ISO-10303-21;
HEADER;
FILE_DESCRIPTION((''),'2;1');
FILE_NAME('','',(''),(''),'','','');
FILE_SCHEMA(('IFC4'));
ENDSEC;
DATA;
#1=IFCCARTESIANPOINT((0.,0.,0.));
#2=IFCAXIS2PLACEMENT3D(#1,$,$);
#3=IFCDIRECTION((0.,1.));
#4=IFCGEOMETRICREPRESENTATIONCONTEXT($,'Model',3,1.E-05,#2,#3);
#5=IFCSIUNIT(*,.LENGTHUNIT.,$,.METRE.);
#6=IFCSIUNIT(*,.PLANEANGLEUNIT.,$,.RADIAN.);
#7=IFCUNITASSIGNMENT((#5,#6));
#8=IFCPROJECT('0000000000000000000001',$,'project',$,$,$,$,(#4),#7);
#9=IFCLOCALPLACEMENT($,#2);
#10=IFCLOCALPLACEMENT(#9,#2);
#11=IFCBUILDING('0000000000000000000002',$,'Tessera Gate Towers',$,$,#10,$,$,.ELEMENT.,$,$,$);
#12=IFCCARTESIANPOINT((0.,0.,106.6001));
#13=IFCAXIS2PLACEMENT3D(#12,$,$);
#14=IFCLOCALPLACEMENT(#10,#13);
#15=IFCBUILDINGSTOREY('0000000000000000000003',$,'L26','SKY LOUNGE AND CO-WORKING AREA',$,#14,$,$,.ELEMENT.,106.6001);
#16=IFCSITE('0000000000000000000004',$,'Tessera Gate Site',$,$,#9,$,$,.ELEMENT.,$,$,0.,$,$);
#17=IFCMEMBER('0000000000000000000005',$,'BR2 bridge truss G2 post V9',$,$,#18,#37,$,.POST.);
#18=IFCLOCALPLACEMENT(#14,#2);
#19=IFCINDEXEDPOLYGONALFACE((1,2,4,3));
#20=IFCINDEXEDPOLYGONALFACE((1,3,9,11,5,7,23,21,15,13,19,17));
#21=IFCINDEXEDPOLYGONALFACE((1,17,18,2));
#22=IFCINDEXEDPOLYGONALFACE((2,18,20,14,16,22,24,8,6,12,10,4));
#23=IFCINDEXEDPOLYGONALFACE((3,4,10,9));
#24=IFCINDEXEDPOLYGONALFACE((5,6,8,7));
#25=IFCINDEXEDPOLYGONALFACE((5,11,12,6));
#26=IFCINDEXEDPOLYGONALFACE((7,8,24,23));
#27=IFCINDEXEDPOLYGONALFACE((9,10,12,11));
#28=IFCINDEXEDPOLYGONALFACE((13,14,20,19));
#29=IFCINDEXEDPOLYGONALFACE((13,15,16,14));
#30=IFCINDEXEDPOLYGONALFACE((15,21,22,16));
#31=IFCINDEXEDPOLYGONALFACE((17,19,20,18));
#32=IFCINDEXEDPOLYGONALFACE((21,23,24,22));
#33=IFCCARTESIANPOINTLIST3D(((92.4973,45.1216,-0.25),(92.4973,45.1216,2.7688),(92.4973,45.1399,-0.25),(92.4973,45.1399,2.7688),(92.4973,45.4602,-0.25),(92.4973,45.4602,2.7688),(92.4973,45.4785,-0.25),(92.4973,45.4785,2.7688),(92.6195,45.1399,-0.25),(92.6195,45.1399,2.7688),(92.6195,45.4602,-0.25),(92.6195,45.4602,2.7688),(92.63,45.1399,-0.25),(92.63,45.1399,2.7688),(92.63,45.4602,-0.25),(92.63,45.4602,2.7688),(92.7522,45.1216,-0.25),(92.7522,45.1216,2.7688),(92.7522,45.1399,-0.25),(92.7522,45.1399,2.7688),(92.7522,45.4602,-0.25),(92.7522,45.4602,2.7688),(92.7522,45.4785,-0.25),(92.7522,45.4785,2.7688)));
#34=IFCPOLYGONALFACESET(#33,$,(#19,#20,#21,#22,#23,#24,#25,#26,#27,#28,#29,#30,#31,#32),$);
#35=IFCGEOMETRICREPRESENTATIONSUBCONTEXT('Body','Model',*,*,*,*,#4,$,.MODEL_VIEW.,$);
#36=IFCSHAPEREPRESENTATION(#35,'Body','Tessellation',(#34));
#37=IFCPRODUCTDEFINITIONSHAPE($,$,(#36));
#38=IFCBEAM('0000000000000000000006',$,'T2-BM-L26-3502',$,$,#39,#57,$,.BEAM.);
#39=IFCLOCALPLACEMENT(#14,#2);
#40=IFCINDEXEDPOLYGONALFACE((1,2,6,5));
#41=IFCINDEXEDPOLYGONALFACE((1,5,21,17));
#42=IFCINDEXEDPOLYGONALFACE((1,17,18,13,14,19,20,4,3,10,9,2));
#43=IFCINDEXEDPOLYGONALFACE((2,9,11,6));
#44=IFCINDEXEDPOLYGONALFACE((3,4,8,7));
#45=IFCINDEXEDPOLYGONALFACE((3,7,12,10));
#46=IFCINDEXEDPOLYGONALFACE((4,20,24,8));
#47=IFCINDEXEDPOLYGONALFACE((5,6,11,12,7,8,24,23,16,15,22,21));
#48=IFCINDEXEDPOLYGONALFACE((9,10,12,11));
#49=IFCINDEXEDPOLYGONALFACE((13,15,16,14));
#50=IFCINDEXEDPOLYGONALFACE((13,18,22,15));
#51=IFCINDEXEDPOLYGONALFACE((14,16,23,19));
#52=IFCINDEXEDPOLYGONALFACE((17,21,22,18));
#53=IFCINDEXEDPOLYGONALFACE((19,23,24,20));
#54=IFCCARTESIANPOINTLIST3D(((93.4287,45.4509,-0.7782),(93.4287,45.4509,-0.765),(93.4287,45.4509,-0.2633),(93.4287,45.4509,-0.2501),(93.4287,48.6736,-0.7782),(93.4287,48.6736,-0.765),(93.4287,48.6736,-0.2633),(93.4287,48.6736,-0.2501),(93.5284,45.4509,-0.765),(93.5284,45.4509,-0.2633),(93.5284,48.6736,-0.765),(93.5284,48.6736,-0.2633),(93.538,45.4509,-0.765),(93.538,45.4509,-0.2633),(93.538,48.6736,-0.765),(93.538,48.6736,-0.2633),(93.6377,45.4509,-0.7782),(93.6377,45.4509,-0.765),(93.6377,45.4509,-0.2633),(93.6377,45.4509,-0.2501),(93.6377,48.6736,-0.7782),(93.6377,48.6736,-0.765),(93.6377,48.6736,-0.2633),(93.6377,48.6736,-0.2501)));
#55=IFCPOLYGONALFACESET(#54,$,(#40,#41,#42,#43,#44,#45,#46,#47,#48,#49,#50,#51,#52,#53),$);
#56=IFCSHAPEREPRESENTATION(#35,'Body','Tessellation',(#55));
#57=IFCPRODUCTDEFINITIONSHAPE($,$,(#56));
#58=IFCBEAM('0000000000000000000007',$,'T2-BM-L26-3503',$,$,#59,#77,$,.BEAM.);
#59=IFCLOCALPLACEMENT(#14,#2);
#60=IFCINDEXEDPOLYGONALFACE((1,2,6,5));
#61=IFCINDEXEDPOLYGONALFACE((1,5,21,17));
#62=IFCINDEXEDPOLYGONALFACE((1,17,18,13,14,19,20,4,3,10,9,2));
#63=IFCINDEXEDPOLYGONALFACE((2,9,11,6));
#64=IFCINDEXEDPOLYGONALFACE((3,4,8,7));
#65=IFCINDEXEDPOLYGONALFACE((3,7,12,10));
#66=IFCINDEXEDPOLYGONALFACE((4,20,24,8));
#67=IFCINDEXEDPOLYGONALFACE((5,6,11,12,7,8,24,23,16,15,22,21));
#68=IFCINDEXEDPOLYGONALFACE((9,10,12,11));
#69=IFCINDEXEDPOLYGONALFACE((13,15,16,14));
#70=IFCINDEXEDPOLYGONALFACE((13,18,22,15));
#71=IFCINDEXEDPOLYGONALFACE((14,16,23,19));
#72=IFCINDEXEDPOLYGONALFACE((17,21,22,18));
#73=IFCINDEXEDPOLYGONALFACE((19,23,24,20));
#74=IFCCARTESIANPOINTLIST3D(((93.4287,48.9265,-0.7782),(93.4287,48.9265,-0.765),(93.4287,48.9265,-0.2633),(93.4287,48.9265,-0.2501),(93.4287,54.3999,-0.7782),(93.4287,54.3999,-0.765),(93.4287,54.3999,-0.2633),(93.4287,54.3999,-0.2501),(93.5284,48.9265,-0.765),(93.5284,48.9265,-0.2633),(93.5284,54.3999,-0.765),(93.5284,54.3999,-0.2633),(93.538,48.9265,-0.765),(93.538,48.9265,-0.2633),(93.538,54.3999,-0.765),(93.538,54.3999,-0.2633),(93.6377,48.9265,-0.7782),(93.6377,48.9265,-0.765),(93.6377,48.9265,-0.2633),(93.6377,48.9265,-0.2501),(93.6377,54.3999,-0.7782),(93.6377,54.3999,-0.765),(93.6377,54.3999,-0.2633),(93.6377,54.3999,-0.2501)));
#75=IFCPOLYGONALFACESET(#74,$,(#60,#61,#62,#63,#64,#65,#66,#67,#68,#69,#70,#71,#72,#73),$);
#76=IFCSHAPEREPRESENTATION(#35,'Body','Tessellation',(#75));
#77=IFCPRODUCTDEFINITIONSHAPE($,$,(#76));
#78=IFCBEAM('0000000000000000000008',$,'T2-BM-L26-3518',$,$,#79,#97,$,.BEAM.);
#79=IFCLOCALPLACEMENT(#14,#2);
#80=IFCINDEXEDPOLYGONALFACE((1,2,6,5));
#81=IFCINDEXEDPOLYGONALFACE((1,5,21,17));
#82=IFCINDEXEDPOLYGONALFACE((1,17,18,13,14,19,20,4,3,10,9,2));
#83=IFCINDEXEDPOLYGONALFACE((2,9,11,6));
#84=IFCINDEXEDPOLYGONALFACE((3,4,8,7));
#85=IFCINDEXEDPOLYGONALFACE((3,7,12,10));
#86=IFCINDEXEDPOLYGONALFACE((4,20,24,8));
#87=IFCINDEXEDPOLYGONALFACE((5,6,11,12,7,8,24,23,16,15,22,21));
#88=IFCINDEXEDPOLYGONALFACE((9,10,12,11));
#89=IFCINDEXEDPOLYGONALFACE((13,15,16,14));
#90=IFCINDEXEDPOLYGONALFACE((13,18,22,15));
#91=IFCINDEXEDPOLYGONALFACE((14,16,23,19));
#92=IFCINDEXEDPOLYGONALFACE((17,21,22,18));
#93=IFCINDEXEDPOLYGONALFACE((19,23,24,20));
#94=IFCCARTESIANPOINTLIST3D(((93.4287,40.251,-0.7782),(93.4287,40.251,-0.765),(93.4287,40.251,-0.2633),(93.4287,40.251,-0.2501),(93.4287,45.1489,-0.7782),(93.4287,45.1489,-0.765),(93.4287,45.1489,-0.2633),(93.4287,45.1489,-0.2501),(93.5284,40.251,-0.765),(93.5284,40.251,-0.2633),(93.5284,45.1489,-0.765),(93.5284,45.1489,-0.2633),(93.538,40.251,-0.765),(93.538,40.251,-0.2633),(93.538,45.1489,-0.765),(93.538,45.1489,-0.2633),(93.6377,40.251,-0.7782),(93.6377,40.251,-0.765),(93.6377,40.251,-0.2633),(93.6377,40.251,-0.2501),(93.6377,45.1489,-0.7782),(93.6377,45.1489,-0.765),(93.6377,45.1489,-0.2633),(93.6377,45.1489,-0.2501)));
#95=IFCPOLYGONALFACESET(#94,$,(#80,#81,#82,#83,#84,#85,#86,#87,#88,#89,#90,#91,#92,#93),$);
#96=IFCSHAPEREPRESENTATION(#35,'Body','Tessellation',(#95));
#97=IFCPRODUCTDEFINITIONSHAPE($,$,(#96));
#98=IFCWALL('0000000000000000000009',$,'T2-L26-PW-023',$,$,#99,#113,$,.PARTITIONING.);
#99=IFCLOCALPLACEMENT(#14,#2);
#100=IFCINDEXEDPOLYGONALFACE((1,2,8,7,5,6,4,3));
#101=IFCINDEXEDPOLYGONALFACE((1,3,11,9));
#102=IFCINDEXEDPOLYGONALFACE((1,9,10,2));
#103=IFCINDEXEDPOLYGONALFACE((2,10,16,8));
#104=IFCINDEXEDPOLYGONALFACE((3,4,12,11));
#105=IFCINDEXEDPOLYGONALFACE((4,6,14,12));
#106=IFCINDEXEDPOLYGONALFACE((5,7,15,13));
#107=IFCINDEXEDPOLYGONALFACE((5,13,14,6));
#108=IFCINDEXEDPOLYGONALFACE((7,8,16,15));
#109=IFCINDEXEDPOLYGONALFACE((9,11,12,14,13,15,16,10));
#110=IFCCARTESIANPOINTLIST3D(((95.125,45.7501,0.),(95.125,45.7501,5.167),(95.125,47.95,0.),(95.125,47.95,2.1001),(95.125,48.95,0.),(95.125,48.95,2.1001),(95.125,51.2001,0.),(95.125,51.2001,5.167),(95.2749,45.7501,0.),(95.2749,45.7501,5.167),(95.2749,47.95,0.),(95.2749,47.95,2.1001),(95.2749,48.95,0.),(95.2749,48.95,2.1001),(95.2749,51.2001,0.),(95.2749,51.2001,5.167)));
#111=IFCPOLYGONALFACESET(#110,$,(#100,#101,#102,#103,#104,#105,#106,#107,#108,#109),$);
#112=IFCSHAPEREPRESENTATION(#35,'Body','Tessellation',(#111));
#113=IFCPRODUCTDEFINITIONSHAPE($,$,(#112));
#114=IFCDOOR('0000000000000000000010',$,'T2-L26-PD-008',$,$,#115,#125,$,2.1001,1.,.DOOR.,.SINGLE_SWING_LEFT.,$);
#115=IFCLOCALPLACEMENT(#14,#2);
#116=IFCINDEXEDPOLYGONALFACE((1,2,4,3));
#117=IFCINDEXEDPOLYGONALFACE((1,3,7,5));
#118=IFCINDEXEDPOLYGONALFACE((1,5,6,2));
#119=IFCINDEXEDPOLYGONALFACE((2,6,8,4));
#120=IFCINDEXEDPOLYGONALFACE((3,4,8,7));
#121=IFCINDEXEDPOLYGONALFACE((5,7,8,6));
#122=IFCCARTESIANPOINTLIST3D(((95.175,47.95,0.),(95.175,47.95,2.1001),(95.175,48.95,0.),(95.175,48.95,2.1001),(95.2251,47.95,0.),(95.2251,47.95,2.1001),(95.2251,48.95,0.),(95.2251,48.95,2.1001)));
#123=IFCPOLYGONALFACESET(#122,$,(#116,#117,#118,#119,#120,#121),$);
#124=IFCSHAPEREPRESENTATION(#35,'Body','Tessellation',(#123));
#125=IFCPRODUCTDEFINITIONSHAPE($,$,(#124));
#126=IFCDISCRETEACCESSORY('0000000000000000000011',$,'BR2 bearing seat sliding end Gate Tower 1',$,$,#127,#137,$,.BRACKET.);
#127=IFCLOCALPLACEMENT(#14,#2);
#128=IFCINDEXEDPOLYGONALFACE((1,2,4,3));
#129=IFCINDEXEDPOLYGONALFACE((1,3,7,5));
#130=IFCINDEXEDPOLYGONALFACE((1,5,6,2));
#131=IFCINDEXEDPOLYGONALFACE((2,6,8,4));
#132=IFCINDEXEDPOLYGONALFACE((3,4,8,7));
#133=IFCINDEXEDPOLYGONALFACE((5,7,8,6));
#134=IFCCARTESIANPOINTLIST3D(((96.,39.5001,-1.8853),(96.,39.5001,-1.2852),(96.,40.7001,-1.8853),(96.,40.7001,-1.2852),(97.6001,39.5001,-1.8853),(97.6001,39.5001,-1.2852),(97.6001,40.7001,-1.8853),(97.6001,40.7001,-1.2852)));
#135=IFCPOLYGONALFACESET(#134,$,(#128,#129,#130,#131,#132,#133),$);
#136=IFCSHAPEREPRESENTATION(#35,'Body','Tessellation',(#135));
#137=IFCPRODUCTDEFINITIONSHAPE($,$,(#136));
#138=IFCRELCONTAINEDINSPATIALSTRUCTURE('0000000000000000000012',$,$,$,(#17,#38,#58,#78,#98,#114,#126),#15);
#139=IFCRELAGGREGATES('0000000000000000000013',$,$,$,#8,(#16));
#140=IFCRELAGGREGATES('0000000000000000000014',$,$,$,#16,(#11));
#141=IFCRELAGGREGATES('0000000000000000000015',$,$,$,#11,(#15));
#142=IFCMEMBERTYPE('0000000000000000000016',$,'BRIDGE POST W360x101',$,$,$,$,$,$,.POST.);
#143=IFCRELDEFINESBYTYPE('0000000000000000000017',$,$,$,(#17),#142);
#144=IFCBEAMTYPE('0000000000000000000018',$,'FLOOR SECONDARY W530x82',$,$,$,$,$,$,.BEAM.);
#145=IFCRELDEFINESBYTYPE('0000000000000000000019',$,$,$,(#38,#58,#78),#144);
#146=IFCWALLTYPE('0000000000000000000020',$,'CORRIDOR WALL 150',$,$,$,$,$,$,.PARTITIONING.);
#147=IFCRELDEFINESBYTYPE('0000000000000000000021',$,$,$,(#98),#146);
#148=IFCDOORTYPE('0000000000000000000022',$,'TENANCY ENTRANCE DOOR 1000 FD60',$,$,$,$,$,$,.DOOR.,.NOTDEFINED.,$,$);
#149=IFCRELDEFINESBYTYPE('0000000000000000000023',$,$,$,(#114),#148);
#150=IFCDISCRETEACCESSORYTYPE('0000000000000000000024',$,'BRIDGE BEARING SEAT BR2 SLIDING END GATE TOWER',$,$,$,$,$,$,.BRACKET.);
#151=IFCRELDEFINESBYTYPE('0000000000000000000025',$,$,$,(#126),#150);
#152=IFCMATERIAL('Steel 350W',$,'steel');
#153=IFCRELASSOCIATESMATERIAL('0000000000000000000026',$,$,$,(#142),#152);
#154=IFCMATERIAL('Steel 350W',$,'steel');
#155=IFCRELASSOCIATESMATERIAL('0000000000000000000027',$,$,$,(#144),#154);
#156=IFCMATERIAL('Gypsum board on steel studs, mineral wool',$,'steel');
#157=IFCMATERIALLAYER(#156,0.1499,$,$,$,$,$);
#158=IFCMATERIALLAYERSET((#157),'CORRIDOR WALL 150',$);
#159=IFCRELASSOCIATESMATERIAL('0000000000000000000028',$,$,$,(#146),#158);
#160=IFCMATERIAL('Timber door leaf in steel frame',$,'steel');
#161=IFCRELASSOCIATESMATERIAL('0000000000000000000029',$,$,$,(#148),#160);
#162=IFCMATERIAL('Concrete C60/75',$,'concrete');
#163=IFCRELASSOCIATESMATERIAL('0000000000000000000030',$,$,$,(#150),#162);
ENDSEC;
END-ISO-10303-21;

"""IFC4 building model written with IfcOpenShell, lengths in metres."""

from ifc_helpers import new_model, si_unit, direction, frame, frame_2d, origin, origin_2d, place, context, subcontext, project, spatial, rectangle, i_section, extrude, source, transform, mapped, material, layer, layer_set, material_profile, profile_set, type_object, element, fill, save


model = new_model("IFC4")

# Units and contexts
model_context = context("Model", 3, precision=1e-05, world=origin(), true_north=direction((0.0, 1.0)))
body_context = subcontext(model_context, "Body", "Model", "MODEL_VIEW")
ifc_project = project(units=[si_unit("LENGTHUNIT", "METRE"), si_unit("PLANEANGLEUNIT", "RADIAN")], contexts=[model_context])

# Site, building, storey
site_placement = place(None, origin())
site = spatial("IfcSite", under=ifc_project, at=site_placement, Name="Tessera Gate Site", CompositionType="ELEMENT", RefElevation=0.0)
building_placement = place(site_placement, origin())
building = spatial("IfcBuilding", under=site, at=building_placement, Name="Tessera Gate Towers", CompositionType="ELEMENT")
storey_placement = place(building_placement, frame((0.0, 0.0, 106.6001)))
storey = spatial("IfcBuildingStorey", under=building, at=storey_placement, Name="L26", Description="SKY LOUNGE AND CO-WORKING AREA", CompositionType="ELEMENT", Elevation=106.6001)

# Member
ifc_material_1 = material(Name="Steel 350W", Category="steel")
ifc_material_profile_1 = material_profile(ifc_material_1, i_section(OverallWidth=0.2549, OverallDepth=0.3569, WebThickness=0.0105, FlangeThickness=0.0183, at=origin_2d()), Name="W360x101")
ifc_profile_set_1 = profile_set([ifc_material_profile_1], Name="Steel 350W")
member_type_1 = type_object("IfcMemberType", Name="BRIDGE POST W360x101", PredefinedType="POST", material=ifc_profile_set_1)
for number, where, z_axis, x_axis, name in (
    (1, (92.6248, 45.3, -0.25), (0.0, 0.0, 1.0), (1.0, 0.0, 0.0), "BR2 bridge truss G2 post V9"),
):
    element("IfcMember", number, at=place(storey_placement, frame(where, z_axis=z_axis, x_axis=x_axis)), inside=storey, type_object=member_type_1, Name=name, PredefinedType="POST", context=body_context, shape_type="SweptSolid", body=[
        extrude(i_section(OverallWidth=0.2549, OverallDepth=0.3569, WebThickness=0.0105, FlangeThickness=0.0183, at=origin_2d()), origin(), (0.0, 0.0, 1.0), 3.0188),
    ])

# Beams
ifc_material_2 = material(Name="Steel 350W", Category="steel")
ifc_material_profile_2 = material_profile(ifc_material_2, i_section(OverallWidth=0.209, OverallDepth=0.5281, WebThickness=0.0095, FlangeThickness=0.0132, at=origin_2d()), Name="W530x82")
ifc_profile_set_2 = profile_set([ifc_material_profile_2], Name="Steel 350W")
beam_type_1 = type_object("IfcBeamType", Name="FLOOR SECONDARY W530x82", PredefinedType="BEAM", material=ifc_profile_set_2)
beam_1_placement = place(storey_placement, frame((93.5332, 45.4509, -0.5142), z_axis=(0.0, 1.0, 0.0), x_axis=(-1.0, 0.0, 0.0)))
element("IfcBeam", 2, at=beam_1_placement, inside=storey, type_object=beam_type_1, Name="T2-BM-L26-3502", PredefinedType="BEAM", context=body_context, shape_type="SweptSolid", body=[
    extrude(i_section(OverallWidth=0.209, OverallDepth=0.5281, WebThickness=0.0095, FlangeThickness=0.0132, at=origin_2d()), origin(), (0.0, 0.0, 1.0), 3.2227),
])
beam_2_placement = place(storey_placement, frame((93.5332, 48.9265, -0.5142), z_axis=(0.0, 1.0, 0.0), x_axis=(-1.0, 0.0, 0.0)))
element("IfcBeam", 3, at=beam_2_placement, inside=storey, type_object=beam_type_1, Name="T2-BM-L26-3503", PredefinedType="BEAM", context=body_context, shape_type="SweptSolid", body=[
    extrude(i_section(OverallWidth=0.209, OverallDepth=0.5281, WebThickness=0.0095, FlangeThickness=0.0132, at=origin_2d()), origin(), (0.0, 0.0, 1.0), 5.4734),
])
beam_3_placement = place(storey_placement, frame((93.5332, 40.251, -0.5142), z_axis=(0.0, 1.0, 0.0), x_axis=(-1.0, 0.0, 0.0)))
element("IfcBeam", 4, at=beam_3_placement, inside=storey, type_object=beam_type_1, Name="T2-BM-L26-3518", PredefinedType="BEAM", context=body_context, shape_type="SweptSolid", body=[
    extrude(i_section(OverallWidth=0.209, OverallDepth=0.5281, WebThickness=0.0095, FlangeThickness=0.0132, at=origin_2d()), origin(), (0.0, 0.0, 1.0), 4.8979),
])

# Wall, opening, door
ifc_material_3 = material(Name="Gypsum board on steel studs, mineral wool", Category="steel")
ifc_layer = layer(ifc_material_3, 0.1499)
ifc_layer_set = layer_set([ifc_layer], Name="CORRIDOR WALL 150")
wall_type = type_object("IfcWallType", Name="CORRIDOR WALL 150", PredefinedType="PARTITIONING", material=ifc_layer_set)
wall_placement = place(storey_placement, frame((95.2, 45.75, 0.0), z_axis=(0.0, 0.0, 1.0), x_axis=(0.0, 1.0, 0.0)))
wall = element("IfcWall", 5, at=wall_placement, inside=storey, type_object=wall_type, Name="T2-L26-PW-023", PredefinedType="PARTITIONING", context=body_context, shape_type="SweptSolid", body=[
    extrude(rectangle(XDim=5.45, YDim=0.1499, at=frame_2d((2.7251, 0.0))), origin(), (0.0, 0.0, 1.0), 5.167),
])
shared_shape_1 = source(origin(), body_context, "Body", "SweptSolid", [
    extrude(rectangle(XDim=1.0, YDim=2.1001, at=frame_2d((0.5, 1.05))), frame((0.0, 0.085, 0.0), z_axis=(0.0, -1.0, 0.0), x_axis=(1.0, 0.0, 0.0)), (0.0, 0.0, 1.0), 0.1699),
])
opening_placement = place(wall_placement, frame((2.2, 0.0, 0.0)))
opening = element("IfcOpeningElement", 6, at=opening_placement, cuts=wall, PredefinedType="OPENING", context=body_context, shape_type="MappedRepresentation", body=[
    mapped(shared_shape_1, transform((0.0, 0.0, 0.0), scale=1.0)),
])
ifc_material_4 = material(Name="Timber door leaf in steel frame", Category="steel")
door_type = type_object("IfcDoorType", Name="TENANCY ENTRANCE DOOR 1000 FD60", OperationType="NOTDEFINED", PredefinedType="DOOR", material=ifc_material_4)
shared_shape_2 = source(origin(), body_context, "Body", "SweptSolid", [
    extrude(rectangle(XDim=1.0, YDim=2.1001, at=frame_2d((0.5, 1.05))), frame((0.0, 0.0249, 0.0), z_axis=(0.0, -1.0, 0.0), x_axis=(1.0, 0.0, 0.0)), (0.0, 0.0, 1.0), 0.05),
])
door_placement = place(opening_placement, origin())
door = element("IfcDoor", 7, at=door_placement, inside=storey, type_object=door_type, Name="T2-L26-PD-008", OperationType="SINGLE_SWING_LEFT", OverallHeight=2.1001, OverallWidth=1.0, PredefinedType="DOOR", context=body_context, shape_type="MappedRepresentation", body=[
    mapped(shared_shape_2, transform((0.0, 0.0, 0.0), scale=1.0)),
])
fill(opening, door)

# Discrete accessory
ifc_material_5 = material(Name="Concrete C60/75", Category="concrete")
discrete_accessory_type = type_object("IfcDiscreteAccessoryType", Name="BRIDGE BEARING SEAT BR2 SLIDING END GATE TOWER", PredefinedType="BRACKET", material=ifc_material_5)
discrete_accessory_placement = place(storey_placement, frame((96.8, 40.1001, -1.8853), z_axis=(0.0, 0.0, 1.0), x_axis=(1.0, 0.0, 0.0)))
element("IfcDiscreteAccessory", 8, at=discrete_accessory_placement, inside=storey, type_object=discrete_accessory_type, Name="BR2 bearing seat sliding end Gate Tower 1", PredefinedType="BRACKET", context=body_context, shape_type="SweptSolid", body=[
    extrude(rectangle(XDim=1.6001, YDim=1.2, at=origin_2d()), origin(), (0.0, 0.0, 1.0), 0.6001),
])

save(model, "model.ifc")
